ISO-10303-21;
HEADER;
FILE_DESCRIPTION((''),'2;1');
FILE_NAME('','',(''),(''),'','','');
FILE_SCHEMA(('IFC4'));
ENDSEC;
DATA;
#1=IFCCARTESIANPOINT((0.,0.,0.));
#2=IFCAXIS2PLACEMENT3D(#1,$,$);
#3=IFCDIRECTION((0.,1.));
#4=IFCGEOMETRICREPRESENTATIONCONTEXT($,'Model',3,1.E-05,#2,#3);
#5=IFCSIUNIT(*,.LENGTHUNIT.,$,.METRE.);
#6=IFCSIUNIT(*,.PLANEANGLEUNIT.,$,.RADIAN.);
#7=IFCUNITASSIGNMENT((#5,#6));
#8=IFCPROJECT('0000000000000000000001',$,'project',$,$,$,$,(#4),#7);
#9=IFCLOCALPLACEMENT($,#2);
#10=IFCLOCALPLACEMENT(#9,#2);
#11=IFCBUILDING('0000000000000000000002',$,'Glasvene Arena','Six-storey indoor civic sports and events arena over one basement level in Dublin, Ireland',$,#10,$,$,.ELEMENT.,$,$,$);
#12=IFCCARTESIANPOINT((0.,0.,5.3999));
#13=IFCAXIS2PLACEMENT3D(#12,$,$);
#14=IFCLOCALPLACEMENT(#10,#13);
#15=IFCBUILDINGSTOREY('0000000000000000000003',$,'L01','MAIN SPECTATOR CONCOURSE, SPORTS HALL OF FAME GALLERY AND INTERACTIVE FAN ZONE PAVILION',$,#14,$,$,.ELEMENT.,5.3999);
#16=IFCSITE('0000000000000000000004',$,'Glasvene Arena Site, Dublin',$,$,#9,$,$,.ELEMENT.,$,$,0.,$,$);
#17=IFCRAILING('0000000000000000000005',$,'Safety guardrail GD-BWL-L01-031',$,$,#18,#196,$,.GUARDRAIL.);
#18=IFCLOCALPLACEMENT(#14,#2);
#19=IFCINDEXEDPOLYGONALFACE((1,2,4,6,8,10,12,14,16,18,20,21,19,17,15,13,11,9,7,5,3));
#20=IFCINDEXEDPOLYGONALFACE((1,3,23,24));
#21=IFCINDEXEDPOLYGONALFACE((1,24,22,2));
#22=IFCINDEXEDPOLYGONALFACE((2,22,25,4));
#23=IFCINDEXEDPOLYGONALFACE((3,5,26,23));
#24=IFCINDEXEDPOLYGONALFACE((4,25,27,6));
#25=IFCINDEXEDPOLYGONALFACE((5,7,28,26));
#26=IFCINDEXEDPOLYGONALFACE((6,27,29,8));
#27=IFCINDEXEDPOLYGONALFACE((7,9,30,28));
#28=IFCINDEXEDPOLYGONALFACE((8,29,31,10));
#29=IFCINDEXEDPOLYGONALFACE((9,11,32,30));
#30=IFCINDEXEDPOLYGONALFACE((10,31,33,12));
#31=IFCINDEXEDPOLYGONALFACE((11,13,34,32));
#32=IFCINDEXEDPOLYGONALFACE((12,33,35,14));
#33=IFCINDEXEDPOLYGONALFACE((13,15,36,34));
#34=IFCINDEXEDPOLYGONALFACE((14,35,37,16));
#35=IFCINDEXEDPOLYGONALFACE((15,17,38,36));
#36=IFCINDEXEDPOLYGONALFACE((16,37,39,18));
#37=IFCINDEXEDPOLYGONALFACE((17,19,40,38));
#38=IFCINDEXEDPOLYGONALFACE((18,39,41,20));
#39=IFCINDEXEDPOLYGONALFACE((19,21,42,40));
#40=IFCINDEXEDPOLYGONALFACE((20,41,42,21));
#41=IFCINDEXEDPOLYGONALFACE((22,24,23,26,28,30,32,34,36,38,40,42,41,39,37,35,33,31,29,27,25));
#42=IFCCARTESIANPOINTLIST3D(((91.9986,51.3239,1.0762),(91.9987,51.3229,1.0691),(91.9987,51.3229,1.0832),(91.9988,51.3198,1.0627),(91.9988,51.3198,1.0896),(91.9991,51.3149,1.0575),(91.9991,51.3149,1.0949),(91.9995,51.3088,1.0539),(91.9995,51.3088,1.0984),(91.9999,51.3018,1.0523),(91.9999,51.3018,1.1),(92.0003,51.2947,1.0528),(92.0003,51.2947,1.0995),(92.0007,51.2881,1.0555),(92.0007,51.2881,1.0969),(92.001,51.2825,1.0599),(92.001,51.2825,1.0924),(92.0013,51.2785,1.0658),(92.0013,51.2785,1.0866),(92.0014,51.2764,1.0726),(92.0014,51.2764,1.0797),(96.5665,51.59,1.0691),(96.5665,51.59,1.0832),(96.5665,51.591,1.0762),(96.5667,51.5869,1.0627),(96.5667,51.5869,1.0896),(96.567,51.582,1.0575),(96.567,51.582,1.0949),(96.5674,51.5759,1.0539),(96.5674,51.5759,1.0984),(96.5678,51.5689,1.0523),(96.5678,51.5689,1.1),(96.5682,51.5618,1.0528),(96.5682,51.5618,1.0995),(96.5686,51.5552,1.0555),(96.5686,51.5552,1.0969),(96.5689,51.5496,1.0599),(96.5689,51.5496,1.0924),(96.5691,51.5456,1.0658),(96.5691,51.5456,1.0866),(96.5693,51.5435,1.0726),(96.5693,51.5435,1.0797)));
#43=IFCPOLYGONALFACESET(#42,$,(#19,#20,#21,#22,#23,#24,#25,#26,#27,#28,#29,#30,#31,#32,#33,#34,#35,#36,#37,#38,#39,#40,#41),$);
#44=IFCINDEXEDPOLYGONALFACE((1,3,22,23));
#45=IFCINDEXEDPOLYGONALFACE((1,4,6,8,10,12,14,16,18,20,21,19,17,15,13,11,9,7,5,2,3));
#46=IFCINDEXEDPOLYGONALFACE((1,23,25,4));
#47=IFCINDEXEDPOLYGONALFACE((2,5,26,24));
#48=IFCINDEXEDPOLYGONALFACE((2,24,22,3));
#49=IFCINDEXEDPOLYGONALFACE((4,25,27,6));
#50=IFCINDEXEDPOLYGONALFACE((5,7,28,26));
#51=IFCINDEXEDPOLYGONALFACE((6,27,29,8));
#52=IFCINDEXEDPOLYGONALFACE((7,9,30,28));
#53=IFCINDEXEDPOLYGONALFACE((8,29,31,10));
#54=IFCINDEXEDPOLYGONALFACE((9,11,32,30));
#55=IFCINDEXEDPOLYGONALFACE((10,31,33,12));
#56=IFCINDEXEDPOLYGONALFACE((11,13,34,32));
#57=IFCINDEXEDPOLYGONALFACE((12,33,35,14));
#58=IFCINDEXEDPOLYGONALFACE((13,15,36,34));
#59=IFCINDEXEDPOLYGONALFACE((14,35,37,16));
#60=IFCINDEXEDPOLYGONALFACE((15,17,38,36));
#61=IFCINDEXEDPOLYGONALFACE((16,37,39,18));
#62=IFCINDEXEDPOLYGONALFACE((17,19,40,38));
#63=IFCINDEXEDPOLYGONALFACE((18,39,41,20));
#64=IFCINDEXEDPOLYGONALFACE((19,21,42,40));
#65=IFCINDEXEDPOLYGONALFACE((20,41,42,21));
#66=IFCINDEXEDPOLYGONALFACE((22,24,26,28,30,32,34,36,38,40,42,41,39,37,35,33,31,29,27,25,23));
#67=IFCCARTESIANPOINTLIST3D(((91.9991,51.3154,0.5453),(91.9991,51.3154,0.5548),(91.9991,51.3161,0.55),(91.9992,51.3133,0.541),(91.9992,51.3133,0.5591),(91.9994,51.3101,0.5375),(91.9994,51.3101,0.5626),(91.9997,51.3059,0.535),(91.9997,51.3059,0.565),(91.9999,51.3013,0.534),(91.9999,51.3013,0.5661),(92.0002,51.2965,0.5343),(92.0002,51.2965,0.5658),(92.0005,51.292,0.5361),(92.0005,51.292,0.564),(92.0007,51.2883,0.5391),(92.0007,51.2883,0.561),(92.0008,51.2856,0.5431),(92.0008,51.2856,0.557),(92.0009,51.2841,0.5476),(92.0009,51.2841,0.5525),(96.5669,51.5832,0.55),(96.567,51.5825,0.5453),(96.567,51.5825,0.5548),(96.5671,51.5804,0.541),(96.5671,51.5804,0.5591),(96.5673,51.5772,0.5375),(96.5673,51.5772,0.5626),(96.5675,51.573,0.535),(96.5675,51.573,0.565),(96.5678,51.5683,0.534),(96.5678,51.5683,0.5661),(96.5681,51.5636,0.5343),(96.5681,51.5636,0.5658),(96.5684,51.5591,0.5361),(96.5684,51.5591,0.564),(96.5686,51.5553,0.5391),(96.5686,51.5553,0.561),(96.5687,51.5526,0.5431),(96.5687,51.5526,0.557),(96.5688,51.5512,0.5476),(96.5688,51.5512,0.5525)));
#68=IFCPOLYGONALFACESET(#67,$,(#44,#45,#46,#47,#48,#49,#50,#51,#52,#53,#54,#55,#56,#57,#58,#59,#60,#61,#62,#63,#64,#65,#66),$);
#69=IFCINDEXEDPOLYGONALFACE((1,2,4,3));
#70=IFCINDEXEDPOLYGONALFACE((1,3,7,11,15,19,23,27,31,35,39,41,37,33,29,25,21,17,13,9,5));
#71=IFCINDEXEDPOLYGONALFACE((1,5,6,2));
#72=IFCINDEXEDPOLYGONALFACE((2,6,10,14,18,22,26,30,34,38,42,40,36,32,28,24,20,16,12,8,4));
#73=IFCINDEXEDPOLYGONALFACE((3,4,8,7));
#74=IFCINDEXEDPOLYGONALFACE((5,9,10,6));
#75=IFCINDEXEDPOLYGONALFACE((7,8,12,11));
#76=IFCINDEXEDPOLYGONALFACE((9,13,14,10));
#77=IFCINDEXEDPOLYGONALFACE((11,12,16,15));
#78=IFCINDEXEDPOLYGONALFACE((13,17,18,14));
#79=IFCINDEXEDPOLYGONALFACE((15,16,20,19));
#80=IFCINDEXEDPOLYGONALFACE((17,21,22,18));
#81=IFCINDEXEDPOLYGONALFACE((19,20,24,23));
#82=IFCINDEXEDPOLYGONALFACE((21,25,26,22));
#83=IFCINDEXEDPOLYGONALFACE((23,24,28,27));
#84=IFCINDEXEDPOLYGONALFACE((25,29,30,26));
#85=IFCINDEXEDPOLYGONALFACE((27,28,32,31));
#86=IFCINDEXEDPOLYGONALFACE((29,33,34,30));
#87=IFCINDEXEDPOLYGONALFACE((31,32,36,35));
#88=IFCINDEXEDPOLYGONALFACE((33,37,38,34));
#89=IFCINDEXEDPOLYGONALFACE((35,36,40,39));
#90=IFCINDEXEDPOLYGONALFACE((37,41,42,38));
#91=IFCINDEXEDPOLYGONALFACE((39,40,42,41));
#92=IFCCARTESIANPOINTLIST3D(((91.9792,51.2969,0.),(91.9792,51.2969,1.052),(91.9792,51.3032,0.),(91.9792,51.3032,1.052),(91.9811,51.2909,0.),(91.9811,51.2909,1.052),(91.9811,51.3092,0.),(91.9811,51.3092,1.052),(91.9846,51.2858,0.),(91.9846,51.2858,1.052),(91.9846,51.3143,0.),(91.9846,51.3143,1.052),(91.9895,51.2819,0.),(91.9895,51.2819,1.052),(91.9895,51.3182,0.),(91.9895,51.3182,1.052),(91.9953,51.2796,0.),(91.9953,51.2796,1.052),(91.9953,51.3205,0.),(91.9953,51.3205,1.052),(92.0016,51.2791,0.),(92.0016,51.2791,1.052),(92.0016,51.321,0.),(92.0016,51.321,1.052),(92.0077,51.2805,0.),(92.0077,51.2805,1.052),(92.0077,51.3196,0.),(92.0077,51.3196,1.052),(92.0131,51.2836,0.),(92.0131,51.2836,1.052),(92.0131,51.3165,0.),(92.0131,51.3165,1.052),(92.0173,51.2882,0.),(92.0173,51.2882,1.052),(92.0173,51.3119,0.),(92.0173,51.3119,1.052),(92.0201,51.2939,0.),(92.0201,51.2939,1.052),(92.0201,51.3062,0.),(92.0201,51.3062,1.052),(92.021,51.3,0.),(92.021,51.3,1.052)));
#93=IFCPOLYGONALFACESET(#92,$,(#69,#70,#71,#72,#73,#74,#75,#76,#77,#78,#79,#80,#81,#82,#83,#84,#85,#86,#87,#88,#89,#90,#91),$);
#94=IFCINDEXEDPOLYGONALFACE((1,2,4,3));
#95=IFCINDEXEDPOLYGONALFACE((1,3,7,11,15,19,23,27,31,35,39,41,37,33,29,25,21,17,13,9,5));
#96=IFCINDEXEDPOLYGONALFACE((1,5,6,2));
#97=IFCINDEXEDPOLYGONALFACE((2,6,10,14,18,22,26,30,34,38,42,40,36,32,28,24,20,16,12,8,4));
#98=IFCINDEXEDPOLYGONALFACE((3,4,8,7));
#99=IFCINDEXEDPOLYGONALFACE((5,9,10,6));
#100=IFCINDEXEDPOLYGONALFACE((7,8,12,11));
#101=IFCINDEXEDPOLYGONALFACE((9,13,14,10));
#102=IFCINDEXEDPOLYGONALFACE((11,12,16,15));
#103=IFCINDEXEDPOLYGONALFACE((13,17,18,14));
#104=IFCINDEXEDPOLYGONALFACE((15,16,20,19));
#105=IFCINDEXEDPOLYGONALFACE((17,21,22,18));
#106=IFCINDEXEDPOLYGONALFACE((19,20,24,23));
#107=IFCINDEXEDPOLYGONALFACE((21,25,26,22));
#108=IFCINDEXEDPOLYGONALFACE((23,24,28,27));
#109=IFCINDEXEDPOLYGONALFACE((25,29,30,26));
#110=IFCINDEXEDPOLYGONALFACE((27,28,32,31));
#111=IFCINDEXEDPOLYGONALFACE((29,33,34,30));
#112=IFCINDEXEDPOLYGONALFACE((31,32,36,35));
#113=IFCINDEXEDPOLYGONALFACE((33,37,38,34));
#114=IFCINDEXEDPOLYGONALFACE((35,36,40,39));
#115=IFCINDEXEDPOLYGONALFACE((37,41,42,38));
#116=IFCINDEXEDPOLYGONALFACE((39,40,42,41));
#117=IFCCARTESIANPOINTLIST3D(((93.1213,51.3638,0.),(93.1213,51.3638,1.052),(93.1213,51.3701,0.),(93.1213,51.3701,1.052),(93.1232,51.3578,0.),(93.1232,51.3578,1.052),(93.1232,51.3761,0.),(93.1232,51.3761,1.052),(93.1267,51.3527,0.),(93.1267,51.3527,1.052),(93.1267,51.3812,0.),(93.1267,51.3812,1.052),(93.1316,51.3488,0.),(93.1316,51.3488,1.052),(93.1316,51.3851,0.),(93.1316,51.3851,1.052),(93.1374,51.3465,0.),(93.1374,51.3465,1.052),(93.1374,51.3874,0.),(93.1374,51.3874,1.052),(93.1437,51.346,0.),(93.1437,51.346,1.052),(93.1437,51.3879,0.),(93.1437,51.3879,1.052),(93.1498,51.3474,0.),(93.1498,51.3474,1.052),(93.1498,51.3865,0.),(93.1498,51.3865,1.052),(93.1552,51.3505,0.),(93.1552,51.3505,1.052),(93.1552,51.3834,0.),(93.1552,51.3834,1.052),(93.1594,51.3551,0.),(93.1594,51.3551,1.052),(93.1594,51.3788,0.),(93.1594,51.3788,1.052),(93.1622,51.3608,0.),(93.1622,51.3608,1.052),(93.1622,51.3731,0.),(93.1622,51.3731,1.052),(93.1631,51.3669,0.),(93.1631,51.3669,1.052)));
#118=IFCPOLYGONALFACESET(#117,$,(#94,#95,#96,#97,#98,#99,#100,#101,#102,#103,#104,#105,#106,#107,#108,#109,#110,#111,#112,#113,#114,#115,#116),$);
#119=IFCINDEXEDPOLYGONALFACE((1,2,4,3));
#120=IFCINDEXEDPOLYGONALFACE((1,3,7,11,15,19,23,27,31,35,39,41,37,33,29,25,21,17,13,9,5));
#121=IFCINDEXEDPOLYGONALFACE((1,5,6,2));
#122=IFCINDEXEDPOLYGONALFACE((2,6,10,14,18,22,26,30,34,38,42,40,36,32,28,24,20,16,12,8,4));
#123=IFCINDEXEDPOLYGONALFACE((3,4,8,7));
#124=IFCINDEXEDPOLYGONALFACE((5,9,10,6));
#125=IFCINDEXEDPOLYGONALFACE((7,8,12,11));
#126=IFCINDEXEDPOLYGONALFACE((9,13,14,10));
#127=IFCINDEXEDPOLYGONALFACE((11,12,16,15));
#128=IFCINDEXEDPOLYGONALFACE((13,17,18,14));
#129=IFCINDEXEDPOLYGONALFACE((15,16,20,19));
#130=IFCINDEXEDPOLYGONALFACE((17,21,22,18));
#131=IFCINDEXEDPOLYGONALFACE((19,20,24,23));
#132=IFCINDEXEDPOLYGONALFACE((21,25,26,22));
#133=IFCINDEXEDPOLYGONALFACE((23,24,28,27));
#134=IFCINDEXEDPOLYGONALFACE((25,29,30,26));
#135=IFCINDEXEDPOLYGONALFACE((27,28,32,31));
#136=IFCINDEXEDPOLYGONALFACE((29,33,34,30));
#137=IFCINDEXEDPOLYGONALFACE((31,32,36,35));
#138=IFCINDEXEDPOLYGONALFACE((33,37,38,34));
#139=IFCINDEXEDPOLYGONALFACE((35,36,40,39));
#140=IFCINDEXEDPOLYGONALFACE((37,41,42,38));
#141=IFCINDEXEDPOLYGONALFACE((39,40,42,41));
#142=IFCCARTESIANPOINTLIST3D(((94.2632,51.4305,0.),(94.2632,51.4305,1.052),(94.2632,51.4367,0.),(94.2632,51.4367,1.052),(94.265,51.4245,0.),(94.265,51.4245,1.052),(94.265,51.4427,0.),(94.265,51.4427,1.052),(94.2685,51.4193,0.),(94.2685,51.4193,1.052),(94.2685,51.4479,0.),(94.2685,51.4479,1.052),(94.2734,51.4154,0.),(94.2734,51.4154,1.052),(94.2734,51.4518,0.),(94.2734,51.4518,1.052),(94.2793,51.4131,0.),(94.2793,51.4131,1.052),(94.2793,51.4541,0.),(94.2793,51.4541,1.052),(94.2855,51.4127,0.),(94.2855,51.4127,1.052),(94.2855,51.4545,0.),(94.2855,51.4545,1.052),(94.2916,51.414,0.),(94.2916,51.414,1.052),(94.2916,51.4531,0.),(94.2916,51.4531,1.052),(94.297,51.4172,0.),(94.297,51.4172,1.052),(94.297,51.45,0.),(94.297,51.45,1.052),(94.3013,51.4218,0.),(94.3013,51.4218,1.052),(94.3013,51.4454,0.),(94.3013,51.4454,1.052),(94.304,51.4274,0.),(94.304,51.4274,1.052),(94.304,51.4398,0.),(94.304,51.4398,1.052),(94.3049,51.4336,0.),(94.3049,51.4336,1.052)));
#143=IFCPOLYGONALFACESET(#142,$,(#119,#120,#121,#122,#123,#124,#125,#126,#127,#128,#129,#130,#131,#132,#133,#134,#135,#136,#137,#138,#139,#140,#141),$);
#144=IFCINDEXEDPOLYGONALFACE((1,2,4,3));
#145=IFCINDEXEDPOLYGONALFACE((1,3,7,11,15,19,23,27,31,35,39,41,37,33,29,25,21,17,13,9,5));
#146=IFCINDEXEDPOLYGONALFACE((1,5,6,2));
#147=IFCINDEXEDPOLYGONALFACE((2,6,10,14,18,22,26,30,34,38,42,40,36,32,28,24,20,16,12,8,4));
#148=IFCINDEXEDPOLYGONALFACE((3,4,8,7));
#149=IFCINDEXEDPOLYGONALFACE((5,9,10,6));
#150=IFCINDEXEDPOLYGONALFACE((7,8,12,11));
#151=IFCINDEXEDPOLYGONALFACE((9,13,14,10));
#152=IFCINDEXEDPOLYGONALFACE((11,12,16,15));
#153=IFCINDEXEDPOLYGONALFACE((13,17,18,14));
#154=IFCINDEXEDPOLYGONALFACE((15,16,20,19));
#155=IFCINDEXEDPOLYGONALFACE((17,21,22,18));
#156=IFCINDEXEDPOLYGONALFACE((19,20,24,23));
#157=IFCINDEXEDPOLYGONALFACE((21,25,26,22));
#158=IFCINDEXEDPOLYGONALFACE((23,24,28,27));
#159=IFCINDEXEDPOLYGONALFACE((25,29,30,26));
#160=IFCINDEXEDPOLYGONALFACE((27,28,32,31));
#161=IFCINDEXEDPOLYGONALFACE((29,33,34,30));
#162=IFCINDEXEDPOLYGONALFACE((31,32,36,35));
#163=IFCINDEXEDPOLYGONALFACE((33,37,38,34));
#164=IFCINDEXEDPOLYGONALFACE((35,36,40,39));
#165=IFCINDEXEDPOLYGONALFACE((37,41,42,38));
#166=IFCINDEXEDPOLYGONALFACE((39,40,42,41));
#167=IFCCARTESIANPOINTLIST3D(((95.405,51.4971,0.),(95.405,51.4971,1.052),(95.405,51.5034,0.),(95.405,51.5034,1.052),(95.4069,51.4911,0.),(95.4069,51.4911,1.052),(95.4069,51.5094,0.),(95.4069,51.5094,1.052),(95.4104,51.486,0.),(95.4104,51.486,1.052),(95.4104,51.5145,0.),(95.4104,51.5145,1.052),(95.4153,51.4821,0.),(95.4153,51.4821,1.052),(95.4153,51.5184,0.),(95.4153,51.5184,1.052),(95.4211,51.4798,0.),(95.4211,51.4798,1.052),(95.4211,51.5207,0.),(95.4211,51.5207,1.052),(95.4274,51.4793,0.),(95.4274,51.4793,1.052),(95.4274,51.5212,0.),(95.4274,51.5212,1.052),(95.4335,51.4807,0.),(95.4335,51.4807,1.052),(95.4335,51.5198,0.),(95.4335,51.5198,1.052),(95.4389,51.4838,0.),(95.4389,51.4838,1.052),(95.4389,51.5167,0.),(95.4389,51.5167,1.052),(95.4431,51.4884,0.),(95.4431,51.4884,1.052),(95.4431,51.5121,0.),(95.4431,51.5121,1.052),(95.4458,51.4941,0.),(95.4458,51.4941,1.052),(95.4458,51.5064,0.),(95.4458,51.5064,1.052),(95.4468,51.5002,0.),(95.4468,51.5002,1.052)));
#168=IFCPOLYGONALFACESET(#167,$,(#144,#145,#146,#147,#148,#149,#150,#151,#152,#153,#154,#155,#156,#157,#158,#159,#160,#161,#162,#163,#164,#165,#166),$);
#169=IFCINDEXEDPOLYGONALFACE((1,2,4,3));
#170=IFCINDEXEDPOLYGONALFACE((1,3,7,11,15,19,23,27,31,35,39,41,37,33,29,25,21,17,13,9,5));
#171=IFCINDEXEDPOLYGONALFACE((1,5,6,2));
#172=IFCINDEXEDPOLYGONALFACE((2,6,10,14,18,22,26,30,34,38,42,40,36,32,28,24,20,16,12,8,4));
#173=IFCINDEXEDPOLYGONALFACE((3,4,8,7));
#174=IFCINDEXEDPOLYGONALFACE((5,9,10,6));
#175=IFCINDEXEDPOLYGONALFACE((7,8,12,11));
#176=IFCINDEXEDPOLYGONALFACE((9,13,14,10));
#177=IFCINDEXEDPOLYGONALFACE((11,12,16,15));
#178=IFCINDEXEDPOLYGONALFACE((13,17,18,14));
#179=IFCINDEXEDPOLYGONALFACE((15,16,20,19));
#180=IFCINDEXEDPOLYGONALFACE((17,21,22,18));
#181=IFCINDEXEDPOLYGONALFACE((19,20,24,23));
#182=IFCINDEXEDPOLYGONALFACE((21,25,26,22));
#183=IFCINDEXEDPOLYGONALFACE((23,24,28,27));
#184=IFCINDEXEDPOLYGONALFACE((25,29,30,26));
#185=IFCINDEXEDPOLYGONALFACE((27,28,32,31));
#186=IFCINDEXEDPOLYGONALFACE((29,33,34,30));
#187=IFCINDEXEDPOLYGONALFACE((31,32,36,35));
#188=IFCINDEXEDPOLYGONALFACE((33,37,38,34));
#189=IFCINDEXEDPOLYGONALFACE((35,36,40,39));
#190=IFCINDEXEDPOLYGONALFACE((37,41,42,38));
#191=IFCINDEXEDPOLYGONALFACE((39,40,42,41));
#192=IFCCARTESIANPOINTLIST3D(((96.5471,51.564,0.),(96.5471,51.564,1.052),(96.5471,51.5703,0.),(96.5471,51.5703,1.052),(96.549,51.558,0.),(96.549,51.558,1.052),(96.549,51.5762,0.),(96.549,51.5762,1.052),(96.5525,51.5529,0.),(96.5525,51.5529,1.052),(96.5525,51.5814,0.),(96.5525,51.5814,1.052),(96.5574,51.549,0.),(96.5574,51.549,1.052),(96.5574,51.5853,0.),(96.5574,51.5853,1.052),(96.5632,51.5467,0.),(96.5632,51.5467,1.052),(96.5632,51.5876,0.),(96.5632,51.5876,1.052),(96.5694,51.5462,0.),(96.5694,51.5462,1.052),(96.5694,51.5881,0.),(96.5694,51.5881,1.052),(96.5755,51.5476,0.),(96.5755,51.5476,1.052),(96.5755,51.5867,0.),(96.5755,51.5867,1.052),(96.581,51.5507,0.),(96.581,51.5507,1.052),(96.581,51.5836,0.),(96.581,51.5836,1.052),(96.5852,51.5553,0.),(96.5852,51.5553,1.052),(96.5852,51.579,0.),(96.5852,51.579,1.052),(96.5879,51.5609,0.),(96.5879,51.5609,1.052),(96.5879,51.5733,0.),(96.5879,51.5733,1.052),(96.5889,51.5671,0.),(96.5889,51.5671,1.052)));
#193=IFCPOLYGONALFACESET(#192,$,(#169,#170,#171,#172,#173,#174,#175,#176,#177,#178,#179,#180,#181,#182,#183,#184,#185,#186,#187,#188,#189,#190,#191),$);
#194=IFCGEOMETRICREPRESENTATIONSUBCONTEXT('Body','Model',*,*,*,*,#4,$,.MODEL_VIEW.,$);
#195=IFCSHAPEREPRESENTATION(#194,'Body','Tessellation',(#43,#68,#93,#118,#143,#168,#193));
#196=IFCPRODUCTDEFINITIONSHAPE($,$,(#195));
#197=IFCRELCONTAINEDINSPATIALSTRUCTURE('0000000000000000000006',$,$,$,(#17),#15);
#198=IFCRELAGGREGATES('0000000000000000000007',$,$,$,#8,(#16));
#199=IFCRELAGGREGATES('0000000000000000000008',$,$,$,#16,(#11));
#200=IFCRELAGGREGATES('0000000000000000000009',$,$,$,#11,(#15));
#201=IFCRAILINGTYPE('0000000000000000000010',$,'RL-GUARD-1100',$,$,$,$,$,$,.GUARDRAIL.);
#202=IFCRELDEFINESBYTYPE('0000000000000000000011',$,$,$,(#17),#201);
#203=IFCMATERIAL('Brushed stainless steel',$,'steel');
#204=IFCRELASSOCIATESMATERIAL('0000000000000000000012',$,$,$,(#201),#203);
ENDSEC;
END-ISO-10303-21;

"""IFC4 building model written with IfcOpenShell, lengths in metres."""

from ifc_helpers import new_model, si_unit, direction, frame, origin, origin_2d, place, context, subcontext, project, spatial, circle, extrude, material, type_object, element, save


model = new_model("IFC4")

# Units and contexts
model_context = context("Model", 3, precision=1e-05, world=origin(), true_north=direction((0.0, 1.0)))
body_context = subcontext(model_context, "Body", "Model", "MODEL_VIEW")
ifc_project = project(units=[si_unit("LENGTHUNIT", "METRE"), si_unit("PLANEANGLEUNIT", "RADIAN")], contexts=[model_context])

# Site, building, storey
site_placement = place(None, origin())
site = spatial("IfcSite", under=ifc_project, at=site_placement, Name="Glasvene Arena Site, Dublin", CompositionType="ELEMENT", RefElevation=0.0)
building_placement = place(site_placement, origin())
building = spatial("IfcBuilding", under=site, at=building_placement, Name="Glasvene Arena", Description="Six-storey indoor civic sports and events arena over one basement level in Dublin, Ireland", CompositionType="ELEMENT")
storey_placement = place(building_placement, frame((0.0, 0.0, 5.3999)))
storey = spatial("IfcBuildingStorey", under=building, at=storey_placement, Name="L01", Description="MAIN SPECTATOR CONCOURSE, SPORTS HALL OF FAME GALLERY AND INTERACTIVE FAN ZONE PAVILION", CompositionType="ELEMENT", Elevation=5.3999)

# Railing
ifc_material_1 = material(Name="Brushed stainless steel", Category="steel")
railing_type = type_object("IfcRailingType", Name="RL-GUARD-1100", PredefinedType="GUARDRAIL", material=ifc_material_1)
railing_1_placement = place(storey_placement, frame((92.0, 51.3, 0.0)))
element("IfcRailing", 1, at=railing_1_placement, inside=storey, type_object=railing_type, Name="Safety guardrail GD-BWL-L01-031", PredefinedType="GUARDRAIL", context=body_context, shape_type="SweptSolid", body=[
    extrude(circle(Radius=0.0239, at=origin_2d()), frame((0.0, 0.0, 1.0762), z_axis=(0.998295, 0.058372, 0.0), x_axis=(-0.058372, 0.998295, 0.0)), (0.0, 0.0, 1.0), 4.5757),
    extrude(circle(Radius=0.0161, at=origin_2d()), frame((0.0, 0.0, 0.55), z_axis=(0.998295, 0.058372, 0.0), x_axis=(-0.058372, 0.998295, 0.0)), (0.0, 0.0, 1.0), 4.5757),
    extrude(circle(Radius=0.021, at=origin_2d()), origin(), (0.0, 0.0, 1.0), 1.052),
    extrude(circle(Radius=0.021, at=origin_2d()), frame((1.1421, 0.0669, 0.0)), (0.0, 0.0, 1.0), 1.052),
    extrude(circle(Radius=0.021, at=origin_2d()), frame((2.2839, 0.1335, 0.0)), (0.0, 0.0, 1.0), 1.052),
    extrude(circle(Radius=0.021, at=origin_2d()), frame((3.4258, 0.2002, 0.0)), (0.0, 0.0, 1.0), 1.052),
    extrude(circle(Radius=0.021, at=origin_2d()), frame((4.5679, 0.2671, 0.0)), (0.0, 0.0, 1.0), 1.052),
])

save(model, "model.ifc")
